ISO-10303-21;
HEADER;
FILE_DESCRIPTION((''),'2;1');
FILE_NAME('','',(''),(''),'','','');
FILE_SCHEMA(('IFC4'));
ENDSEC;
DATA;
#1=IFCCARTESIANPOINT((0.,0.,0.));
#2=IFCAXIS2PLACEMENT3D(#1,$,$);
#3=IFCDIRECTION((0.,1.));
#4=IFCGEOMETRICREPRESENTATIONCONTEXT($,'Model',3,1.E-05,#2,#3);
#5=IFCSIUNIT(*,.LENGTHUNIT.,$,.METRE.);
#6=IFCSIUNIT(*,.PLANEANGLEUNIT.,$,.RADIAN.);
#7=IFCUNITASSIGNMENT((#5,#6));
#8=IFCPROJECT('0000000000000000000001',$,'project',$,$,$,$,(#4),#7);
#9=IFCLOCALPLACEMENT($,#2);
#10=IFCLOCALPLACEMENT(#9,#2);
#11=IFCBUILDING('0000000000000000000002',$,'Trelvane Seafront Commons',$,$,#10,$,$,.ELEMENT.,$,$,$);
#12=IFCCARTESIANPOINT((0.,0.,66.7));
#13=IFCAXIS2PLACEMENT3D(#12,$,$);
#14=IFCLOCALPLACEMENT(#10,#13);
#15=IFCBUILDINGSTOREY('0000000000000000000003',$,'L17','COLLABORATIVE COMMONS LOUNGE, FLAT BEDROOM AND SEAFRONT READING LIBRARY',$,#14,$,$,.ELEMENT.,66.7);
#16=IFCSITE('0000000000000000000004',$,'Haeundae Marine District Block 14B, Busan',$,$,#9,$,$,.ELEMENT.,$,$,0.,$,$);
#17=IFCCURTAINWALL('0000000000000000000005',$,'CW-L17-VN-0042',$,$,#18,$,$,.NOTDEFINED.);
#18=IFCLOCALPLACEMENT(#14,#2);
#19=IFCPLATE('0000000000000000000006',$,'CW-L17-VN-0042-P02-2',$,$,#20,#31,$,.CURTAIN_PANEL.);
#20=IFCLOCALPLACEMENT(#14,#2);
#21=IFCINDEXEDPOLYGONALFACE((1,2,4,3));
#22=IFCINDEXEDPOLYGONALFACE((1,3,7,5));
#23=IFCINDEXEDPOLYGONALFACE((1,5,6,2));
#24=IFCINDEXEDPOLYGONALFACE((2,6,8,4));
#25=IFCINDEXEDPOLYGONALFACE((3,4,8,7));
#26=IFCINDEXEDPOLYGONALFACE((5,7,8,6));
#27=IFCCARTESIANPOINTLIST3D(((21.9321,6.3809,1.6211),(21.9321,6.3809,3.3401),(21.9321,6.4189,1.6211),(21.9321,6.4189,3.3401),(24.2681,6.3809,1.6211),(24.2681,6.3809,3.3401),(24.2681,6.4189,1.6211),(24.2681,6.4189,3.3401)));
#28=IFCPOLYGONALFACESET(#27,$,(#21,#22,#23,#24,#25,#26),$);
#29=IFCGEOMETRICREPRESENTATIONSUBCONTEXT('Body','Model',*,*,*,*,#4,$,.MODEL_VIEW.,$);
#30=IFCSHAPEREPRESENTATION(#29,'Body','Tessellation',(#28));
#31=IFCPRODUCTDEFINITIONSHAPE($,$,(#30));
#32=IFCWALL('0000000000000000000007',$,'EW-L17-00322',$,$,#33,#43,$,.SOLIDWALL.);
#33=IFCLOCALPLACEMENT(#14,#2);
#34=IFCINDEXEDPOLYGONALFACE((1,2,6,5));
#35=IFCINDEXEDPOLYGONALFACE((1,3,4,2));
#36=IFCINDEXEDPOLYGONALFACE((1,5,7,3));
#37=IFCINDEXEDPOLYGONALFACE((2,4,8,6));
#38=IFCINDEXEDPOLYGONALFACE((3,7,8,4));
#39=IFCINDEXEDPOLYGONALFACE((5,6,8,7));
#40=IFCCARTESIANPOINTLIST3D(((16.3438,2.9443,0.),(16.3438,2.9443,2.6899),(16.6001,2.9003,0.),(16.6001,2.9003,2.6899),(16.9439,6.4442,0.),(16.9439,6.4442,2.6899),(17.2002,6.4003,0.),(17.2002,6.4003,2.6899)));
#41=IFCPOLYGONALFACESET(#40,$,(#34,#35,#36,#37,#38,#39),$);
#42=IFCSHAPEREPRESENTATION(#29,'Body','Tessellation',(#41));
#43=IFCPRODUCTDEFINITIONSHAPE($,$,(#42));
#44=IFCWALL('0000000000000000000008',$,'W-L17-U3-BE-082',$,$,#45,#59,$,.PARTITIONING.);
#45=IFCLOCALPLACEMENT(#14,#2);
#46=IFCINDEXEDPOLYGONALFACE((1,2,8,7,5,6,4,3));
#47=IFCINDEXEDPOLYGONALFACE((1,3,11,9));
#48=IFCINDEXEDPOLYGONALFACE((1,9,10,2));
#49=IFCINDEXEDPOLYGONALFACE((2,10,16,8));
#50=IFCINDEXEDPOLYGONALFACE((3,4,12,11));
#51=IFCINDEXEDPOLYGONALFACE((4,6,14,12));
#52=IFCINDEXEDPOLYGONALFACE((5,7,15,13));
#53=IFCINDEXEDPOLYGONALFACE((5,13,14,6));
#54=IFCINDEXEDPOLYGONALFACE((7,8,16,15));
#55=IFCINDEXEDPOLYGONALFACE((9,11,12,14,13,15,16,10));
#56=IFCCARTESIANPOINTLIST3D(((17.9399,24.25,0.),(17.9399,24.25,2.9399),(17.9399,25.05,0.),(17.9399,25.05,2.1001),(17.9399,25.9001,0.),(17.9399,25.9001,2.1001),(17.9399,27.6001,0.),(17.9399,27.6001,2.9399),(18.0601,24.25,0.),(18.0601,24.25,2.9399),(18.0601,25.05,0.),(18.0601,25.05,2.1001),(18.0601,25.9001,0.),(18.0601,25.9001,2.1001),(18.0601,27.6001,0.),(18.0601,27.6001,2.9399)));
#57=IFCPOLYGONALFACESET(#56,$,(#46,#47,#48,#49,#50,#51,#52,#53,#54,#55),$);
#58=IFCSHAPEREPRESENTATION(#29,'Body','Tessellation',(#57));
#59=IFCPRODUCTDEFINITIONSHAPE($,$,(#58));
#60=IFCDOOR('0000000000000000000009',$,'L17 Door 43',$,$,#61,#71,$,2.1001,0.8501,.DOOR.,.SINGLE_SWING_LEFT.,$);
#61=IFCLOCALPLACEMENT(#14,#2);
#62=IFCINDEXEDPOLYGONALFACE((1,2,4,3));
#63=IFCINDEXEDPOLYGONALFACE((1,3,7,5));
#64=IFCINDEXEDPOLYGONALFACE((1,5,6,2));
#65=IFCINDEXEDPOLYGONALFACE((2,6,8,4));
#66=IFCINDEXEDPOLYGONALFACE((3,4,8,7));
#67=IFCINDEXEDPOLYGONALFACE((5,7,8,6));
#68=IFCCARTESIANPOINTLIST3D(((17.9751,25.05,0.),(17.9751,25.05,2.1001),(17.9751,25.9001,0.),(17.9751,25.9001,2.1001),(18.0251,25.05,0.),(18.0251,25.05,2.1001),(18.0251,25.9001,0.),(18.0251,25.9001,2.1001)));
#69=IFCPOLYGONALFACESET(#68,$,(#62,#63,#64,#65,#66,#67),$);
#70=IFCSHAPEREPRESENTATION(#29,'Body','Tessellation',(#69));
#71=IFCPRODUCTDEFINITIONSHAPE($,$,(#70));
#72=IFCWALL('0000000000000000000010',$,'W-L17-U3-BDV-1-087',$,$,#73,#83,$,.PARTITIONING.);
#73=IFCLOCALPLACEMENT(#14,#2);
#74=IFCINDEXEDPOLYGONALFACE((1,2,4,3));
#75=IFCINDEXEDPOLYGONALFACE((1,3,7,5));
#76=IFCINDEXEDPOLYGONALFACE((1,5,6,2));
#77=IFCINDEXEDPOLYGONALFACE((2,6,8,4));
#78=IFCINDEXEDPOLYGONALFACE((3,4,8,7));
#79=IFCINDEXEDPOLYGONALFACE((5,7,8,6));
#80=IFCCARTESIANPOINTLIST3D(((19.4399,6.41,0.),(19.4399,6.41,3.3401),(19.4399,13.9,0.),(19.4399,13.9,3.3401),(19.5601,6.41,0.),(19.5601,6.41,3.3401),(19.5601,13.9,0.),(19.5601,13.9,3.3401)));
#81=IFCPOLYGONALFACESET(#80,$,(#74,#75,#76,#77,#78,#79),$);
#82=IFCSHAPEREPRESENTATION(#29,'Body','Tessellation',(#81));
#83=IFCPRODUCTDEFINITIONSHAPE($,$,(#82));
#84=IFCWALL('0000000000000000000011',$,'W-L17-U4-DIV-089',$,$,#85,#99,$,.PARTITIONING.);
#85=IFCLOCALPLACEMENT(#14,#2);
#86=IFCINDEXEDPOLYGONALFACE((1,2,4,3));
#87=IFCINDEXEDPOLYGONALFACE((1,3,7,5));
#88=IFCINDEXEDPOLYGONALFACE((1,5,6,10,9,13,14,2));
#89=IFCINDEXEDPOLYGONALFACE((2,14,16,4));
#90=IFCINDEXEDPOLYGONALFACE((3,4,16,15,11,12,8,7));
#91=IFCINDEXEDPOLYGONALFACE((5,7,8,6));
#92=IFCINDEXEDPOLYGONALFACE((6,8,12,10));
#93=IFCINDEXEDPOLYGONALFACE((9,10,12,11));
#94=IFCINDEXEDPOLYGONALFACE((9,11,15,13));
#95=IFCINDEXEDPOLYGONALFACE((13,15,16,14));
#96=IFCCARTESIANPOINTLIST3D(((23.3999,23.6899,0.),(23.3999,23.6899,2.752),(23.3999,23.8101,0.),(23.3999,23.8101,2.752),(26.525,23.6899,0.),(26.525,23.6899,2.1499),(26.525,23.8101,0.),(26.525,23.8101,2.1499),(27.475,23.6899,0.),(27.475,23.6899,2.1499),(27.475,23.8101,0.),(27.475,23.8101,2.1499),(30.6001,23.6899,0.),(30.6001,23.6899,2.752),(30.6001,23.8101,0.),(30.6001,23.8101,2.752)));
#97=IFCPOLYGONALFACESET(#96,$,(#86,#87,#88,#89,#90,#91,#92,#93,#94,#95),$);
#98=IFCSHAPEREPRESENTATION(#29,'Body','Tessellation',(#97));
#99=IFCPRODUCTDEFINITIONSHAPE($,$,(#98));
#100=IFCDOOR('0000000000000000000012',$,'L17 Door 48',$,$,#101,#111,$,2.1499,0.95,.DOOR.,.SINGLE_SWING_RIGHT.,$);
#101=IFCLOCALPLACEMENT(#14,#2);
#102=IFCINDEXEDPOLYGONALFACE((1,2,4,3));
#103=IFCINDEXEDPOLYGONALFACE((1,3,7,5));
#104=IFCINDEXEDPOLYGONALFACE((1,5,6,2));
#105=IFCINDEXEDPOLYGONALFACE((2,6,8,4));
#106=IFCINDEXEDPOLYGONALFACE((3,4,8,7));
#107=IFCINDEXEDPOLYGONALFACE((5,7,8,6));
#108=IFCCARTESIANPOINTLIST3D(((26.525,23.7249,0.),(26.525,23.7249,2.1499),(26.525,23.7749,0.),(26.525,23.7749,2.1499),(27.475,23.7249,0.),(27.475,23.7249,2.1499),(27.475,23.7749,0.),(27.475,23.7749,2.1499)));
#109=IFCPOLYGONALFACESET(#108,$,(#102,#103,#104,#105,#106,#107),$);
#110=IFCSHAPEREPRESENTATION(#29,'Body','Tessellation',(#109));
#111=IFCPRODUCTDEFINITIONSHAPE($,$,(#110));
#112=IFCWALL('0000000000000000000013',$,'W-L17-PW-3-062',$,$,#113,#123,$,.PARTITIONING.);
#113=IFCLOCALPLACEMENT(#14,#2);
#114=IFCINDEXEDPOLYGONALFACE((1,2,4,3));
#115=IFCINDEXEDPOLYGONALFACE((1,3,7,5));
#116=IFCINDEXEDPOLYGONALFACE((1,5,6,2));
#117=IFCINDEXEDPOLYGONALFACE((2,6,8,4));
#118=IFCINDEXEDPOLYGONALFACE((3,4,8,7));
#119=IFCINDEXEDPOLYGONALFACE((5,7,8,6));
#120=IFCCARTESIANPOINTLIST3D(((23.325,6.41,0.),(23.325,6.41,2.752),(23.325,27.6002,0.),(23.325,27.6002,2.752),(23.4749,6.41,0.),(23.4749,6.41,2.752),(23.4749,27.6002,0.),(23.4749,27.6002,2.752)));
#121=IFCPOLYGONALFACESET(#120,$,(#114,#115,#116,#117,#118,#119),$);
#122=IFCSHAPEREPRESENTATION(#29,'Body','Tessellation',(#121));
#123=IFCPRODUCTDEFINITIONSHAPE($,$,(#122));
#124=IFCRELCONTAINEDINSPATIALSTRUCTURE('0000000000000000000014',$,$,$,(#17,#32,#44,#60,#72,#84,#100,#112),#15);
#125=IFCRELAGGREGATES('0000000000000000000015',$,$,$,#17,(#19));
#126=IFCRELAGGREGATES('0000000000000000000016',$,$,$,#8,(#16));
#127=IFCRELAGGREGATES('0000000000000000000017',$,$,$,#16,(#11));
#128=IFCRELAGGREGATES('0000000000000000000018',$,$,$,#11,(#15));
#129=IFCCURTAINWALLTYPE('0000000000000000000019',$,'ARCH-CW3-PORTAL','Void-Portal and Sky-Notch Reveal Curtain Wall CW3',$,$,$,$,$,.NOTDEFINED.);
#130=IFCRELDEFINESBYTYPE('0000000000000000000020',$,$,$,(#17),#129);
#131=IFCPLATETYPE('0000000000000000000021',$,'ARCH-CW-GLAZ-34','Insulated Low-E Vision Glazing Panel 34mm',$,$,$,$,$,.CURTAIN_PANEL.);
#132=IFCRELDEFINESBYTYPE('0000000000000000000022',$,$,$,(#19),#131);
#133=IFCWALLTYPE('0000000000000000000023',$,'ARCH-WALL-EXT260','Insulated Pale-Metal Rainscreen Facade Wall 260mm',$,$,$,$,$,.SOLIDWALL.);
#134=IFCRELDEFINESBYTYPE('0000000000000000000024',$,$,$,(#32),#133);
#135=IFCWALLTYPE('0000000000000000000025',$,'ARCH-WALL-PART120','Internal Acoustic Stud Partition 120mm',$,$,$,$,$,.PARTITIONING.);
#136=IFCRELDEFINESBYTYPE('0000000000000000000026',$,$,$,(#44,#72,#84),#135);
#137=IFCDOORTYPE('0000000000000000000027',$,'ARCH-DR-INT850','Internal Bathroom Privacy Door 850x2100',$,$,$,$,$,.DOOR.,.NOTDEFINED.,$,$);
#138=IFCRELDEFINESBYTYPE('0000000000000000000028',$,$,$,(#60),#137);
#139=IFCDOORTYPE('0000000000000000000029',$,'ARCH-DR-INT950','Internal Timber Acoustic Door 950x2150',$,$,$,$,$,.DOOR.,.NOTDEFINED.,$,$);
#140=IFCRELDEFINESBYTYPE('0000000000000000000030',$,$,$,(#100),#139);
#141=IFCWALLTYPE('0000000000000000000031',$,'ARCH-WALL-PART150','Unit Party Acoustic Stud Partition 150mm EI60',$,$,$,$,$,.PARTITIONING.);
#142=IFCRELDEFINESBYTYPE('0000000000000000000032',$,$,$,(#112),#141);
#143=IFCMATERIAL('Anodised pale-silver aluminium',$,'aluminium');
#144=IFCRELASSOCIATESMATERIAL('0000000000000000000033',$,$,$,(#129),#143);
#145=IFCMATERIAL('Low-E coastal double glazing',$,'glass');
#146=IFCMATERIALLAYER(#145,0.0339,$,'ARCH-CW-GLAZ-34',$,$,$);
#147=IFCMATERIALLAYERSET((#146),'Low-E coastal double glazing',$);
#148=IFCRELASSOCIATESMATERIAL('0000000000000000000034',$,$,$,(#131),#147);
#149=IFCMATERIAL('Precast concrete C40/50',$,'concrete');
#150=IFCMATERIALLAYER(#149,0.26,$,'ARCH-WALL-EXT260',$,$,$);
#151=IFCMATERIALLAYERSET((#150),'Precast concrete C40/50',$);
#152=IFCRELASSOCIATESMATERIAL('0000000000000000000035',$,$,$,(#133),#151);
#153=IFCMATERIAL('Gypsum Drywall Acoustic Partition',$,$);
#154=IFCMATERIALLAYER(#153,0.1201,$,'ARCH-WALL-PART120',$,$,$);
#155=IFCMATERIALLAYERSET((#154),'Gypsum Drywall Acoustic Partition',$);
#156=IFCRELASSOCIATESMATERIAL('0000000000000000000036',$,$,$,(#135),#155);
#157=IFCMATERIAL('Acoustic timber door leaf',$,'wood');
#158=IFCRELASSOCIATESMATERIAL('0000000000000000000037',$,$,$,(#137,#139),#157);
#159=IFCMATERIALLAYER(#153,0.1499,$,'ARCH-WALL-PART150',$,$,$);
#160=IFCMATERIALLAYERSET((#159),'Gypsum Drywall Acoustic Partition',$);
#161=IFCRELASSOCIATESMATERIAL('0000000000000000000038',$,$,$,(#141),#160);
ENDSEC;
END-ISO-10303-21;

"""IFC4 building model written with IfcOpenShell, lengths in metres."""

from ifc_helpers import new_model, si_unit, direction, frame, frame_2d, origin, origin_2d, place, context, subcontext, project, spatial, rectangle, extrude, source, transform, mapped, material, layer, layer_set, type_object, element, fill, aggregate, save


model = new_model("IFC4")

# Units and contexts
model_context = context("Model", 3, precision=1e-05, world=origin(), true_north=direction((0.0, 1.0)))
body_context = subcontext(model_context, "Body", "Model", "MODEL_VIEW")
ifc_project = project(units=[si_unit("LENGTHUNIT", "METRE"), si_unit("PLANEANGLEUNIT", "RADIAN")], contexts=[model_context])

# Site, building, storey
site_placement = place(None, origin())
site = spatial("IfcSite", under=ifc_project, at=site_placement, Name="Haeundae Marine District Block 14B, Busan", CompositionType="ELEMENT", RefElevation=0.0)
building_placement = place(site_placement, origin())
building = spatial("IfcBuilding", under=site, at=building_placement, Name="Trelvane Seafront Commons", CompositionType="ELEMENT")
storey_placement = place(building_placement, frame((0.0, 0.0, 66.7)))
storey = spatial("IfcBuildingStorey", under=building, at=storey_placement, Name="L17", Description="COLLABORATIVE COMMONS LOUNGE, FLAT BEDROOM AND SEAFRONT READING LIBRARY", CompositionType="ELEMENT", Elevation=66.7)

# Curtain wall, plate
ifc_material_1 = material(Name="Anodised pale-silver aluminium", Category="aluminium")
curtain_wall_type = type_object("IfcCurtainWallType", Name="ARCH-CW3-PORTAL", Description="Void-Portal and Sky-Notch Reveal Curtain Wall CW3", PredefinedType="NOTDEFINED", material=ifc_material_1)
curtain_wall_placement = place(storey_placement, origin())
curtain_wall = element("IfcCurtainWall", 1, at=curtain_wall_placement, inside=storey, type_object=curtain_wall_type, Name="CW-L17-VN-0042", PredefinedType="NOTDEFINED")
ifc_material_2 = material(Name="Low-E coastal double glazing", Category="glass")
ifc_layer_1 = layer(ifc_material_2, 0.0339, Name="ARCH-CW-GLAZ-34")
ifc_layer_set_1 = layer_set([ifc_layer_1], Name="Low-E coastal double glazing")
plate_type = type_object("IfcPlateType", Name="ARCH-CW-GLAZ-34", Description="Insulated Low-E Vision Glazing Panel 34mm", PredefinedType="CURTAIN_PANEL", material=ifc_layer_set_1)
shared_shape_1 = source(origin(), body_context, "Body", "SweptSolid", [
    extrude(rectangle(XDim=2.3359, YDim=0.0381, at=origin_2d()), origin(), (0.0, 0.0, 1.0), 1.719),
])
plate_1_placement = place(storey_placement, frame((23.1001, 6.3999, 1.6211), z_axis=(0.0, 0.0, 1.0), x_axis=(-1.0, 0.0, 0.0)))
plate_1 = element("IfcPlate", 2, at=plate_1_placement, type_object=plate_type, Name="CW-L17-VN-0042-P02-2", PredefinedType="CURTAIN_PANEL", context=body_context, shape_type="MappedRepresentation", body=[
    mapped(shared_shape_1, transform((0.0, 0.0, 0.0), x_axis=(1.0, 0.0, 0.0), y_axis=(0.0, 1.0, 0.0), z_axis=(0.0, 0.0, 1.0), scale=1.0)),
])
aggregate(curtain_wall, [plate_1])

# Wall
ifc_material_3 = material(Name="Precast concrete C40/50", Category="concrete")
ifc_layer_2 = layer(ifc_material_3, 0.26, Name="ARCH-WALL-EXT260")
ifc_layer_set_2 = layer_set([ifc_layer_2], Name="Precast concrete C40/50")
wall_type_1 = type_object("IfcWallType", Name="ARCH-WALL-EXT260", Description="Insulated Pale-Metal Rainscreen Facade Wall 260mm", PredefinedType="SOLIDWALL", material=ifc_layer_set_2)
wall_1_placement = place(storey_placement, frame((17.072, 6.4221, 0.0), z_axis=(0.0, 0.0, 1.0), x_axis=(-0.168991, -0.985618, 0.0)))
element("IfcWall", 3, at=wall_1_placement, inside=storey, type_object=wall_type_1, Name="EW-L17-00322", PredefinedType="SOLIDWALL", context=body_context, shape_type="SweptSolid", body=[
    extrude(rectangle(XDim=3.551, YDim=0.26, at=frame_2d((1.7754, 0.0))), origin(), (0.0, 0.0, 1.0), 2.6899),
])

# Wall, opening, door
ifc_material_4 = material(Name="Gypsum Drywall Acoustic Partition")
ifc_layer_3 = layer(ifc_material_4, 0.1201, Name="ARCH-WALL-PART120")
ifc_layer_set_3 = layer_set([ifc_layer_3], Name="Gypsum Drywall Acoustic Partition")
wall_type_2 = type_object("IfcWallType", Name="ARCH-WALL-PART120", Description="Internal Acoustic Stud Partition 120mm", PredefinedType="PARTITIONING", material=ifc_layer_set_3)
wall_2_placement = place(storey_placement, frame((18.0, 24.25, 0.0), z_axis=(0.0, 0.0, 1.0), x_axis=(0.0, 1.0, 0.0)))
wall_2 = element("IfcWall", 4, at=wall_2_placement, inside=storey, type_object=wall_type_2, Name="W-L17-U3-BE-082", PredefinedType="PARTITIONING", context=body_context, shape_type="SweptSolid", body=[
    extrude(rectangle(XDim=3.3501, YDim=0.1201, at=frame_2d((1.675, 0.0))), origin(), (0.0, 0.0, 1.0), 2.9399),
])
opening_1_placement = place(wall_2_placement, frame((0.8, 0.0, 0.0)))
opening_1 = element("IfcOpeningElement", 5, at=opening_1_placement, cuts=wall_2, PredefinedType="OPENING", context=body_context, shape_type="SweptSolid", body=[
    extrude(rectangle(XDim=0.8501, YDim=2.1001, at=frame_2d((0.425, 1.05))), frame((0.0, 0.0701, 0.0), z_axis=(0.0, -1.0, 0.0), x_axis=(1.0, 0.0, 0.0)), (0.0, 0.0, 1.0), 0.1401),
])
ifc_material_5 = material(Name="Acoustic timber door leaf", Category="wood")
door_type_1 = type_object("IfcDoorType", Name="ARCH-DR-INT850", Description="Internal Bathroom Privacy Door 850x2100", OperationType="NOTDEFINED", PredefinedType="DOOR", material=ifc_material_5)
shared_shape_2 = source(origin(), body_context, "Body", "SweptSolid", [
    extrude(rectangle(XDim=0.8501, YDim=2.1001, at=frame_2d((0.425, 1.05))), frame((0.0, 0.0249, 0.0), z_axis=(0.0, -1.0, 0.0), x_axis=(1.0, 0.0, 0.0)), (0.0, 0.0, 1.0), 0.05),
])
door_1_placement = place(opening_1_placement, origin())
door_1 = element("IfcDoor", 6, at=door_1_placement, inside=storey, type_object=door_type_1, Name="L17 Door 43", OperationType="SINGLE_SWING_LEFT", OverallHeight=2.1001, OverallWidth=0.8501, PredefinedType="DOOR", context=body_context, shape_type="MappedRepresentation", body=[
    mapped(shared_shape_2, transform((0.0, 0.0, 0.0), x_axis=(1.0, 0.0, 0.0), y_axis=(0.0, 1.0, 0.0), z_axis=(0.0, 0.0, 1.0), scale=1.0)),
])
fill(opening_1, door_1)
door_type_2 = type_object("IfcDoorType", Name="ARCH-DR-INT950", Description="Internal Timber Acoustic Door 950x2150", OperationType="NOTDEFINED", PredefinedType="DOOR", material=ifc_material_5)
shared_shape_3 = source(origin(), body_context, "Body", "SweptSolid", [
    extrude(rectangle(XDim=0.95, YDim=2.1499, at=frame_2d((0.4751, 1.075))), frame((0.0, 0.0249, 0.0), z_axis=(0.0, -1.0, 0.0), x_axis=(1.0, 0.0, 0.0)), (0.0, 0.0, 1.0), 0.05),
])

# Wall
wall_3_placement = place(storey_placement, frame((19.5, 6.4099, 0.0), z_axis=(0.0, 0.0, 1.0), x_axis=(0.0, 1.0, 0.0)))
element("IfcWall", 7, at=wall_3_placement, inside=storey, type_object=wall_type_2, Name="W-L17-U3-BDV-1-087", PredefinedType="PARTITIONING", context=body_context, shape_type="SweptSolid", body=[
    extrude(rectangle(XDim=7.49, YDim=0.1201, at=frame_2d((3.7451, 0.0))), origin(), (0.0, 0.0, 1.0), 3.3401),
])

# Wall, opening, door
wall_4_placement = place(storey_placement, frame((23.3999, 23.75, 0.0), z_axis=(0.0, 0.0, 1.0), x_axis=(1.0, 0.0, 0.0)))
wall_4 = element("IfcWall", 8, at=wall_4_placement, inside=storey, type_object=wall_type_2, Name="W-L17-U4-DIV-089", PredefinedType="PARTITIONING", context=body_context, shape_type="SweptSolid", body=[
    extrude(rectangle(XDim=7.2002, YDim=0.1201, at=frame_2d((3.6001, 0.0))), origin(), (0.0, 0.0, 1.0), 2.752),
])
opening_2_placement = place(wall_4_placement, frame((3.125, 0.0, 0.0)))
opening_2 = element("IfcOpeningElement", 9, at=opening_2_placement, cuts=wall_4, PredefinedType="OPENING", context=body_context, shape_type="SweptSolid", body=[
    extrude(rectangle(XDim=0.95, YDim=2.1499, at=frame_2d((0.4751, 1.075))), frame((0.0, 0.0701, 0.0), z_axis=(0.0, -1.0, 0.0), x_axis=(1.0, 0.0, 0.0)), (0.0, 0.0, 1.0), 0.1401),
])
door_2_placement = place(opening_2_placement, origin())
door_2 = element("IfcDoor", 10, at=door_2_placement, inside=storey, type_object=door_type_2, Name="L17 Door 48", OperationType="SINGLE_SWING_RIGHT", OverallHeight=2.1499, OverallWidth=0.95, PredefinedType="DOOR", context=body_context, shape_type="MappedRepresentation", body=[
    mapped(shared_shape_3, transform((0.0, 0.0, 0.0), x_axis=(1.0, 0.0, 0.0), y_axis=(0.0, 1.0, 0.0), z_axis=(0.0, 0.0, 1.0), scale=1.0)),
])
fill(opening_2, door_2)

# Wall
ifc_layer_4 = layer(ifc_material_4, 0.1499, Name="ARCH-WALL-PART150")
ifc_layer_set_4 = layer_set([ifc_layer_4], Name="Gypsum Drywall Acoustic Partition")
wall_type_3 = type_object("IfcWallType", Name="ARCH-WALL-PART150", Description="Unit Party Acoustic Stud Partition 150mm EI60", PredefinedType="PARTITIONING", material=ifc_layer_set_4)
wall_5_placement = place(storey_placement, frame((23.3999, 6.4099, 0.0), z_axis=(0.0, 0.0, 1.0), x_axis=(0.0, 1.0, 0.0)))
element("IfcWall", 11, at=wall_5_placement, inside=storey, type_object=wall_type_3, Name="W-L17-PW-3-062", PredefinedType="PARTITIONING", context=body_context, shape_type="SweptSolid", body=[
    extrude(rectangle(XDim=21.1902, YDim=0.1499, at=frame_2d((10.5952, 0.0))), origin(), (0.0, 0.0, 1.0), 2.752),
])

save(model, "model.ifc")
